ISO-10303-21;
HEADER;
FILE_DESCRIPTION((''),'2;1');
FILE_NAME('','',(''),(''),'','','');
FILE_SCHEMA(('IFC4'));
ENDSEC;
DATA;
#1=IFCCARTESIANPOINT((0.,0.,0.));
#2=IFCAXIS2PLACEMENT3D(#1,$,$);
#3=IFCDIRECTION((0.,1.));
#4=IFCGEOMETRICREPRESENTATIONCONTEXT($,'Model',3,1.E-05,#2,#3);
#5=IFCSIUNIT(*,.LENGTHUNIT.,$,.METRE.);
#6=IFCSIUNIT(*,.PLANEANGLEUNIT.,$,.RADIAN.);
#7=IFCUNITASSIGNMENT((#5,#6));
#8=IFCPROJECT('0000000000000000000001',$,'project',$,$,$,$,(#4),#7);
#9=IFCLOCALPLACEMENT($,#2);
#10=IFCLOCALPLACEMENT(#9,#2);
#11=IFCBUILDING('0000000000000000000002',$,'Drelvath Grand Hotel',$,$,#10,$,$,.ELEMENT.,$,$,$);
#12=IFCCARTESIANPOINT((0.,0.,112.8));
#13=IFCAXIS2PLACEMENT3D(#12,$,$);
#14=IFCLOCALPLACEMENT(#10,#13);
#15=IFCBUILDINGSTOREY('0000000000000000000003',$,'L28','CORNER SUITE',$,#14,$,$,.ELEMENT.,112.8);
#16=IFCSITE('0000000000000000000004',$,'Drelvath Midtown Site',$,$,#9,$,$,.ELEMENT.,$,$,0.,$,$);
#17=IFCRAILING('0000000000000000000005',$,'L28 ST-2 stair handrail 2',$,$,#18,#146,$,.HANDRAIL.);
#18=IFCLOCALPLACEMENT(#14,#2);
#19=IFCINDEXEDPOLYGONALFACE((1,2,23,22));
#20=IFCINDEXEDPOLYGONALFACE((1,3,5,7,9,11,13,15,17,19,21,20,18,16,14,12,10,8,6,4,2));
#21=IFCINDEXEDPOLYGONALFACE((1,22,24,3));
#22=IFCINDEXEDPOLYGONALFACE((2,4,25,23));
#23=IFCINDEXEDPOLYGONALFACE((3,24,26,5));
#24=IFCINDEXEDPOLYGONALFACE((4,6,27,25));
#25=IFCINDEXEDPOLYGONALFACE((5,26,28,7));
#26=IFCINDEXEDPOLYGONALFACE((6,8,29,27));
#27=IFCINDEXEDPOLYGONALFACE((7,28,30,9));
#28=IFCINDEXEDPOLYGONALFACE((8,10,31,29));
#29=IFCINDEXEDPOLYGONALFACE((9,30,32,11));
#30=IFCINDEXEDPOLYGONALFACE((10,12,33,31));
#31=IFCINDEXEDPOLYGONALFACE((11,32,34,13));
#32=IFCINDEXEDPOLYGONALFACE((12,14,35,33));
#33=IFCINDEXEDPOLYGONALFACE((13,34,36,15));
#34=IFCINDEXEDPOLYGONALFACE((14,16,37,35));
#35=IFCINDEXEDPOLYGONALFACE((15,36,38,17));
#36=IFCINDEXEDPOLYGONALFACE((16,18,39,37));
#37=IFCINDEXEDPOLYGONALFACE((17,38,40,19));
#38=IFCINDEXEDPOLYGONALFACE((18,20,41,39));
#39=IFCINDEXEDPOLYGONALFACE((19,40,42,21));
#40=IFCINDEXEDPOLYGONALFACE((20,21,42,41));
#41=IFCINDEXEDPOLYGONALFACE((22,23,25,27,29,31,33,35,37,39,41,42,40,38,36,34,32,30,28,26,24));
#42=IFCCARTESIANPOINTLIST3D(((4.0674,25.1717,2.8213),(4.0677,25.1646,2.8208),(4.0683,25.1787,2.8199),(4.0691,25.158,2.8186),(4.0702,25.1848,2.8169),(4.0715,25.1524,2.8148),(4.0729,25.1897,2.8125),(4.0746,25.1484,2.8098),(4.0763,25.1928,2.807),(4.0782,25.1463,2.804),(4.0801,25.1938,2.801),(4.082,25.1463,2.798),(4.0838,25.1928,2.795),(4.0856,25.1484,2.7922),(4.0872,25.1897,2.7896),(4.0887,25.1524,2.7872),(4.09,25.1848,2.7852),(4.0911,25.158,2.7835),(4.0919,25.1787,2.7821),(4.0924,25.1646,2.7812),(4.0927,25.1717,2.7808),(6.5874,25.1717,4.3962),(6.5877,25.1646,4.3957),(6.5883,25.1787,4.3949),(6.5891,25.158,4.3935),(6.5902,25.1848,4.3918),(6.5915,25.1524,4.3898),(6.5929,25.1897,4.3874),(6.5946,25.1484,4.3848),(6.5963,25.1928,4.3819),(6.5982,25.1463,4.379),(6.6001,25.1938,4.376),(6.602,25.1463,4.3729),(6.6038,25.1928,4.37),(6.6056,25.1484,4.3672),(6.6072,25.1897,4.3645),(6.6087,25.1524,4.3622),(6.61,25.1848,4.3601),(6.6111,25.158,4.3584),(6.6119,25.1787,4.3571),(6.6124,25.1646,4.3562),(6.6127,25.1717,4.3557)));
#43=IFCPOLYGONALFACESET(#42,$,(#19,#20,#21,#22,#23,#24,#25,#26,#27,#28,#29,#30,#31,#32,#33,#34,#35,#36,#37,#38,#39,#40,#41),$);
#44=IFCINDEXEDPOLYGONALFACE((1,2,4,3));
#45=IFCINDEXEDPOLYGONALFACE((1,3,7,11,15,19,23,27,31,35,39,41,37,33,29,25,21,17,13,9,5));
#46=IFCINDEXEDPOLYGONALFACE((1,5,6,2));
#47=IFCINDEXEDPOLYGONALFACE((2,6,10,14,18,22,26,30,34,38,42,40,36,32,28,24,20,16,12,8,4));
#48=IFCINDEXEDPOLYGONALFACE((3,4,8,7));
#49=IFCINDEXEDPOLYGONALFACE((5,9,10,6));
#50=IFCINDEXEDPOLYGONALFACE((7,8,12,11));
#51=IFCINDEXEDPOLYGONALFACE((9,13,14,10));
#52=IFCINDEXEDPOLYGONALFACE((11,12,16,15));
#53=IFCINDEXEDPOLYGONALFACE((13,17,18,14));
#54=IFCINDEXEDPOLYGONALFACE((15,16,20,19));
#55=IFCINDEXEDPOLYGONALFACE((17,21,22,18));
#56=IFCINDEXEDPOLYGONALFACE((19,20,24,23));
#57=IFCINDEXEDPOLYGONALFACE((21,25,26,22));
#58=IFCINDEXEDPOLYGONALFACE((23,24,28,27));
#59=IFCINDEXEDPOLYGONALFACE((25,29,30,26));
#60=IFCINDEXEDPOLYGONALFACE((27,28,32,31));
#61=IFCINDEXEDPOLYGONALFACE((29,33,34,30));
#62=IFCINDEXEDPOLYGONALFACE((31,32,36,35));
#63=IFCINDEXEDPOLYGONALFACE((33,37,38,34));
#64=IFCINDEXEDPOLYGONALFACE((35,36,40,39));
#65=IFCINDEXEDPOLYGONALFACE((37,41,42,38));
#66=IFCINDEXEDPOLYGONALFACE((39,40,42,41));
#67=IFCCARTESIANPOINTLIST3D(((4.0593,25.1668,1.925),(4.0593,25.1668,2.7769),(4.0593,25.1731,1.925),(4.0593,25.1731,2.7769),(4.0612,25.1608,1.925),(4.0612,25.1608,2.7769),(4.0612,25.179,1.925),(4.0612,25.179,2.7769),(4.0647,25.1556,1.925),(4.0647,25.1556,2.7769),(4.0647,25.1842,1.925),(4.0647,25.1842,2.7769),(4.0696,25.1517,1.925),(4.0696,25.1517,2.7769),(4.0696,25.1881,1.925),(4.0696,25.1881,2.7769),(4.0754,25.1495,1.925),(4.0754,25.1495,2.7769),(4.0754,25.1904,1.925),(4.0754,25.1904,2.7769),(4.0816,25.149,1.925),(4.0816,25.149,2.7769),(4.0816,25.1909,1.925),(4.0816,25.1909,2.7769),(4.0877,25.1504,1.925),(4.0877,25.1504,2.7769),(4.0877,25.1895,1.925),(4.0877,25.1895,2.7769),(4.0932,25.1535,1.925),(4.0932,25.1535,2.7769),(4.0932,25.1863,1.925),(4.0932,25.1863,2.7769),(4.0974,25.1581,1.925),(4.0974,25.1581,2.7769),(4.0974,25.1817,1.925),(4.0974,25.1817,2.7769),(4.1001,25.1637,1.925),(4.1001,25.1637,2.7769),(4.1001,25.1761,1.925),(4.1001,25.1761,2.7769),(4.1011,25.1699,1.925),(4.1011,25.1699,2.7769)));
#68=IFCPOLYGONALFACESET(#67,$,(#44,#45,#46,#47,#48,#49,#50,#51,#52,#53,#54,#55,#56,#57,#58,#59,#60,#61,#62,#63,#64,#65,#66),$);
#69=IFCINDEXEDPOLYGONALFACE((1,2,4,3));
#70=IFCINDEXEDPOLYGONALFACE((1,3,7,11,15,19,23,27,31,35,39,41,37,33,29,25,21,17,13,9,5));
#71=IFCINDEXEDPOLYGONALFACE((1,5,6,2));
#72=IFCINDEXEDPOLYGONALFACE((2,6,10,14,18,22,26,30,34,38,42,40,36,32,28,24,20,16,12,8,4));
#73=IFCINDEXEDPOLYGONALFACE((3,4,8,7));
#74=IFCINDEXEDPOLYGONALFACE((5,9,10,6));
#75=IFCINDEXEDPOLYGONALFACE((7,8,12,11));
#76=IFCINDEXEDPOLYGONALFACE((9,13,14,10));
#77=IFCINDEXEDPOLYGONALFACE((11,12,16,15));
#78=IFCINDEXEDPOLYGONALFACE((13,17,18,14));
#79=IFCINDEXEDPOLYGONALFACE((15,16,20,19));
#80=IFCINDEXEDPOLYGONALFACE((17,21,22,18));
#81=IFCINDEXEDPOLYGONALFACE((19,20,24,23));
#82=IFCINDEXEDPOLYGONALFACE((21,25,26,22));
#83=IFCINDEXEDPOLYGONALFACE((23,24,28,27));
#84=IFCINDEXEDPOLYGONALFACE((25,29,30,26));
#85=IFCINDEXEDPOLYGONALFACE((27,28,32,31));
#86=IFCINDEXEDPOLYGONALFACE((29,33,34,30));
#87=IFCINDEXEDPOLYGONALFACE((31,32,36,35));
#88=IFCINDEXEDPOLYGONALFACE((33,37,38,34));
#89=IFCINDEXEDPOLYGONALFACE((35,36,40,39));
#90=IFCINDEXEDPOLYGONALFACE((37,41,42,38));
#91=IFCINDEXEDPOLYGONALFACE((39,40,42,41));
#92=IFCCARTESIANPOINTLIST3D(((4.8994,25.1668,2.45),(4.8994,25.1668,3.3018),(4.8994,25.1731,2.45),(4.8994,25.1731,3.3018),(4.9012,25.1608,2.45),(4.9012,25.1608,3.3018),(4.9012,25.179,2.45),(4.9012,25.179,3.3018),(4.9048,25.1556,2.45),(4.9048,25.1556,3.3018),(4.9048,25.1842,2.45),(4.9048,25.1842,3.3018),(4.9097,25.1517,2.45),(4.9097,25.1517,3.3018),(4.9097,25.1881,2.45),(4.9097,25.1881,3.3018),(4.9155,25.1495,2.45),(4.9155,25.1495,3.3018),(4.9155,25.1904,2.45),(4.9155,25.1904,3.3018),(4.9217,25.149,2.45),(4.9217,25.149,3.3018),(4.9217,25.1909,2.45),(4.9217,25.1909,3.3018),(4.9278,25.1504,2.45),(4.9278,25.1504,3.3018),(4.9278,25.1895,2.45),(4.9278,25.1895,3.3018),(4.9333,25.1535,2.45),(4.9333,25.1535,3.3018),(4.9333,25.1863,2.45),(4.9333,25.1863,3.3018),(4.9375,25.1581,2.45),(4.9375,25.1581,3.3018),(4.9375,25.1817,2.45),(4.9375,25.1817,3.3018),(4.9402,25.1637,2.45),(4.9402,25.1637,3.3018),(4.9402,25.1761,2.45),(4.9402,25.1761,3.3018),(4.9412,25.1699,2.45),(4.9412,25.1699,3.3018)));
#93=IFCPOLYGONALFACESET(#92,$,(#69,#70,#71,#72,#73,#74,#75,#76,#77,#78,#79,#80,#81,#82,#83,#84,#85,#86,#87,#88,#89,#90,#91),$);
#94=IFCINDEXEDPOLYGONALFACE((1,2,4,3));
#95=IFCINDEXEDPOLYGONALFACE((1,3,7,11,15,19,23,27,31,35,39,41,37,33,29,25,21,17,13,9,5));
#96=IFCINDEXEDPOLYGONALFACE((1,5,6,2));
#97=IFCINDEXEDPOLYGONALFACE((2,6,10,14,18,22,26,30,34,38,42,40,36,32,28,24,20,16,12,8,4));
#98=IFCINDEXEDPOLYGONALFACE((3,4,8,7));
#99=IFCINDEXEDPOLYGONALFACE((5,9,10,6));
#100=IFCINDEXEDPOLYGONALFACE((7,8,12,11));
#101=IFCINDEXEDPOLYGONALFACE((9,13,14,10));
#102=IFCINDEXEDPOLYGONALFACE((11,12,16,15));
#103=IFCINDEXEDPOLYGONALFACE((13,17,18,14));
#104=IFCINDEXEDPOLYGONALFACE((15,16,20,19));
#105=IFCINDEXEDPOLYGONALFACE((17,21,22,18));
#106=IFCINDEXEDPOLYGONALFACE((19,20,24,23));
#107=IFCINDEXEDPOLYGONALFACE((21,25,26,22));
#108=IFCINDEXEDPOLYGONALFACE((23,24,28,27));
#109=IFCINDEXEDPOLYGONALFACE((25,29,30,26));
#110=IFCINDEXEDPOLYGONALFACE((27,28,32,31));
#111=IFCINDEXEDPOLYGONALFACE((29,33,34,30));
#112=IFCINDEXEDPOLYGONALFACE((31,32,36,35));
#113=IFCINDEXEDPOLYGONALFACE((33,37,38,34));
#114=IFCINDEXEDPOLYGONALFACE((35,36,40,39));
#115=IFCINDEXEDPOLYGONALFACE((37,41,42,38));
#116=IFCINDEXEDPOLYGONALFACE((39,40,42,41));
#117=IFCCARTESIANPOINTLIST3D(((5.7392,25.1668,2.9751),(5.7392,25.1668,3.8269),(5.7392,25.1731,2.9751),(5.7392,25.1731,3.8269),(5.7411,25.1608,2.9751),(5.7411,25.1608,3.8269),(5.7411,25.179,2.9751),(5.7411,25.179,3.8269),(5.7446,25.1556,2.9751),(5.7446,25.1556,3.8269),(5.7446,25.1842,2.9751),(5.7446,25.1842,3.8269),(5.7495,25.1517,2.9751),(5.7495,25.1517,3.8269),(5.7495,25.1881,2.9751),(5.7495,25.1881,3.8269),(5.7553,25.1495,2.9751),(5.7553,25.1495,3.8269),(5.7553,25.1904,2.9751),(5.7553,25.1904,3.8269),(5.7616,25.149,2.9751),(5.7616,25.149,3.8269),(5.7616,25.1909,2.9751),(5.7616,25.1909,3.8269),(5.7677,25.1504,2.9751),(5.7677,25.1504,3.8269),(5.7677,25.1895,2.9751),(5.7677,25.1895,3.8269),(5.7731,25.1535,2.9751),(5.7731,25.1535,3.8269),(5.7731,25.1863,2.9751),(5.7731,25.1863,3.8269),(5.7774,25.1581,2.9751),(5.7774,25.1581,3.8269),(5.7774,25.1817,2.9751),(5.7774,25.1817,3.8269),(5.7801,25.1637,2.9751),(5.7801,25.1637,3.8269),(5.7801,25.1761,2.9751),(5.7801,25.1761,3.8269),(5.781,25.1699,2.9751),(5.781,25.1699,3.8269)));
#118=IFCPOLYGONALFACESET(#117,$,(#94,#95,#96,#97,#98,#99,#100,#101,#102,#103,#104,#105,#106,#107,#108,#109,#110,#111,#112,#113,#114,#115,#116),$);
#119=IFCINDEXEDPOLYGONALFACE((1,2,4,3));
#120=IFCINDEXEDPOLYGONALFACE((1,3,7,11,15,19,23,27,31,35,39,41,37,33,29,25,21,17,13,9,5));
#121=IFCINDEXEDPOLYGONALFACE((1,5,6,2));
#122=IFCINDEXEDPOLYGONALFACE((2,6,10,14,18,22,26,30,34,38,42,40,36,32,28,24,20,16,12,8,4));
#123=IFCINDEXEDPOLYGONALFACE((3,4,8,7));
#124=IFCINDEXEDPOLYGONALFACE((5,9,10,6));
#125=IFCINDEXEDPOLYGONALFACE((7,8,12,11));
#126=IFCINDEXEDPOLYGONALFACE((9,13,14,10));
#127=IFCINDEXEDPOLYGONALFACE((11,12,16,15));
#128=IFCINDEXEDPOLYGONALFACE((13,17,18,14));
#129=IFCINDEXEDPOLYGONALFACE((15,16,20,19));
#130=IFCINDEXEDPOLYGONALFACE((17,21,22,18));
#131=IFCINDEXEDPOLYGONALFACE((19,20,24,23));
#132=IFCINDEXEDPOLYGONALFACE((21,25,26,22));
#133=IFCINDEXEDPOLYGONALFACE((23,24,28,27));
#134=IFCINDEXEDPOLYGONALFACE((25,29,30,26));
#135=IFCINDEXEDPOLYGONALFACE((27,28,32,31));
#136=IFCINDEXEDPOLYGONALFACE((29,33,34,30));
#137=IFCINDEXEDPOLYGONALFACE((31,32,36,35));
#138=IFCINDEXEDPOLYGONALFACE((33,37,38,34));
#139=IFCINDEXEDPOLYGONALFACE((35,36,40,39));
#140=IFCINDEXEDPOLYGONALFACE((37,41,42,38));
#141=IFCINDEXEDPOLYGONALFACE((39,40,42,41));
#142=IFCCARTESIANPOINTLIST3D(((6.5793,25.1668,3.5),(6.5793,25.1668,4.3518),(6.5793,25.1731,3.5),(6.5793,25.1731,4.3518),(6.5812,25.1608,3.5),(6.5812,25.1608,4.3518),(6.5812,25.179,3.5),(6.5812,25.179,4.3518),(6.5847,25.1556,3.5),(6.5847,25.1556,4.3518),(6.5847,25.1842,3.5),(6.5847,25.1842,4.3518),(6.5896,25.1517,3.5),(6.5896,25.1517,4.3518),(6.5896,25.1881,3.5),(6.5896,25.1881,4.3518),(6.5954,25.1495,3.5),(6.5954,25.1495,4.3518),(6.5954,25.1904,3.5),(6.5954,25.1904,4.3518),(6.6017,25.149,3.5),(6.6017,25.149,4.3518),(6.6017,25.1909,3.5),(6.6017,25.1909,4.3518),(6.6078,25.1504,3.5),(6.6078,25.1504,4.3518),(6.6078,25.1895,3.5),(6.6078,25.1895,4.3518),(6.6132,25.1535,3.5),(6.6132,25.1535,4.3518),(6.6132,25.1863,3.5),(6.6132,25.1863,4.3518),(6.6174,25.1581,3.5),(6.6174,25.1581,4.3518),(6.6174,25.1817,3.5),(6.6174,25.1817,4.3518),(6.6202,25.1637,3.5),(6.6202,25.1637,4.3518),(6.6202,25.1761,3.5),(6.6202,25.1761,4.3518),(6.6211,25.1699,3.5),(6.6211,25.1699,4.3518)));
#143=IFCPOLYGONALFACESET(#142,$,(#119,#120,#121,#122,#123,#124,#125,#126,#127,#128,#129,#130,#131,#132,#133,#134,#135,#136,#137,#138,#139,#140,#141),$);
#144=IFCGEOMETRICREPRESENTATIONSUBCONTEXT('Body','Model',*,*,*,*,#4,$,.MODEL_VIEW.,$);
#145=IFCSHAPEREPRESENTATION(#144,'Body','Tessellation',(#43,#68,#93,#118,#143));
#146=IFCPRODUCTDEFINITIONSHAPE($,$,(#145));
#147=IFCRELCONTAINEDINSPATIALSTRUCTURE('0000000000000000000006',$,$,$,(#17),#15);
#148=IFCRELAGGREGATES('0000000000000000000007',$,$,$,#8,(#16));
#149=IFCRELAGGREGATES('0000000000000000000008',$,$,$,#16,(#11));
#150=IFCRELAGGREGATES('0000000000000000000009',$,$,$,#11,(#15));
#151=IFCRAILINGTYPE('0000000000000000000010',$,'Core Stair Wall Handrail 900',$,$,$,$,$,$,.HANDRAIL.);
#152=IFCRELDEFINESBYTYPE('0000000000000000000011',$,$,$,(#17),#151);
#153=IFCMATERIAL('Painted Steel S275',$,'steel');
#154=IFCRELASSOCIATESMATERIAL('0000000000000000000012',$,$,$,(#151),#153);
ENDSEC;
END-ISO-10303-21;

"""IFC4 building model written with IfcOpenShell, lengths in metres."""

from ifc_helpers import new_model, si_unit, direction, frame, origin, origin_2d, place, context, subcontext, project, spatial, circle, extrude, material, type_object, element, save


model = new_model("IFC4")

# Units and contexts
model_context = context("Model", 3, precision=1e-05, world=origin(), true_north=direction((0.0, 1.0)))
body_context = subcontext(model_context, "Body", "Model", "MODEL_VIEW")
ifc_project = project(units=[si_unit("LENGTHUNIT", "METRE"), si_unit("PLANEANGLEUNIT", "RADIAN")], contexts=[model_context])

# Site, building, storey
site_placement = place(None, origin())
site = spatial("IfcSite", under=ifc_project, at=site_placement, Name="Drelvath Midtown Site", CompositionType="ELEMENT", RefElevation=0.0)
building_placement = place(site_placement, origin())
building = spatial("IfcBuilding", under=site, at=building_placement, Name="Drelvath Grand Hotel", CompositionType="ELEMENT")
storey_placement = place(building_placement, frame((0.0, 0.0, 112.8)))
storey = spatial("IfcBuildingStorey", under=building, at=storey_placement, Name="L28", Description="CORNER SUITE", CompositionType="ELEMENT", Elevation=112.8)

# Railing
ifc_material_1 = material(Name="Painted Steel S275", Category="steel")
railing_type_1 = type_object("IfcRailingType", Name="Core Stair Wall Handrail 900", PredefinedType="HANDRAIL", material=ifc_material_1)
railing_1_placement = place(storey_placement, frame((4.0801, 25.1699, 1.925)))
element("IfcRailing", 1, at=railing_1_placement, inside=storey, type_object=railing_type_1, Name="L28 ST-2 stair handrail 2", PredefinedType="HANDRAIL", context=body_context, shape_type="SweptSolid", body=[
    extrude(circle(Radius=0.0239, at=origin_2d()), frame((0.0, 0.0, 0.876), z_axis=(0.848008, 0.0, 0.529984), x_axis=(0.0, 1.0, 0.0)), (0.0, 0.0, 1.0), 2.9717),
    extrude(circle(Radius=0.021, at=origin_2d()), origin(), (0.0, 0.0, 1.0), 0.8518),
    extrude(circle(Radius=0.021, at=origin_2d()), frame((0.8401, 0.0, 0.5249)), (0.0, 0.0, 1.0), 0.8518),
    extrude(circle(Radius=0.021, at=origin_2d()), frame((1.6799, 0.0, 1.05)), (0.0, 0.0, 1.0), 0.8518),
    extrude(circle(Radius=0.021, at=origin_2d()), frame((2.52, 0.0, 1.575)), (0.0, 0.0, 1.0), 0.8518),
])

save(model, "model.ifc")
